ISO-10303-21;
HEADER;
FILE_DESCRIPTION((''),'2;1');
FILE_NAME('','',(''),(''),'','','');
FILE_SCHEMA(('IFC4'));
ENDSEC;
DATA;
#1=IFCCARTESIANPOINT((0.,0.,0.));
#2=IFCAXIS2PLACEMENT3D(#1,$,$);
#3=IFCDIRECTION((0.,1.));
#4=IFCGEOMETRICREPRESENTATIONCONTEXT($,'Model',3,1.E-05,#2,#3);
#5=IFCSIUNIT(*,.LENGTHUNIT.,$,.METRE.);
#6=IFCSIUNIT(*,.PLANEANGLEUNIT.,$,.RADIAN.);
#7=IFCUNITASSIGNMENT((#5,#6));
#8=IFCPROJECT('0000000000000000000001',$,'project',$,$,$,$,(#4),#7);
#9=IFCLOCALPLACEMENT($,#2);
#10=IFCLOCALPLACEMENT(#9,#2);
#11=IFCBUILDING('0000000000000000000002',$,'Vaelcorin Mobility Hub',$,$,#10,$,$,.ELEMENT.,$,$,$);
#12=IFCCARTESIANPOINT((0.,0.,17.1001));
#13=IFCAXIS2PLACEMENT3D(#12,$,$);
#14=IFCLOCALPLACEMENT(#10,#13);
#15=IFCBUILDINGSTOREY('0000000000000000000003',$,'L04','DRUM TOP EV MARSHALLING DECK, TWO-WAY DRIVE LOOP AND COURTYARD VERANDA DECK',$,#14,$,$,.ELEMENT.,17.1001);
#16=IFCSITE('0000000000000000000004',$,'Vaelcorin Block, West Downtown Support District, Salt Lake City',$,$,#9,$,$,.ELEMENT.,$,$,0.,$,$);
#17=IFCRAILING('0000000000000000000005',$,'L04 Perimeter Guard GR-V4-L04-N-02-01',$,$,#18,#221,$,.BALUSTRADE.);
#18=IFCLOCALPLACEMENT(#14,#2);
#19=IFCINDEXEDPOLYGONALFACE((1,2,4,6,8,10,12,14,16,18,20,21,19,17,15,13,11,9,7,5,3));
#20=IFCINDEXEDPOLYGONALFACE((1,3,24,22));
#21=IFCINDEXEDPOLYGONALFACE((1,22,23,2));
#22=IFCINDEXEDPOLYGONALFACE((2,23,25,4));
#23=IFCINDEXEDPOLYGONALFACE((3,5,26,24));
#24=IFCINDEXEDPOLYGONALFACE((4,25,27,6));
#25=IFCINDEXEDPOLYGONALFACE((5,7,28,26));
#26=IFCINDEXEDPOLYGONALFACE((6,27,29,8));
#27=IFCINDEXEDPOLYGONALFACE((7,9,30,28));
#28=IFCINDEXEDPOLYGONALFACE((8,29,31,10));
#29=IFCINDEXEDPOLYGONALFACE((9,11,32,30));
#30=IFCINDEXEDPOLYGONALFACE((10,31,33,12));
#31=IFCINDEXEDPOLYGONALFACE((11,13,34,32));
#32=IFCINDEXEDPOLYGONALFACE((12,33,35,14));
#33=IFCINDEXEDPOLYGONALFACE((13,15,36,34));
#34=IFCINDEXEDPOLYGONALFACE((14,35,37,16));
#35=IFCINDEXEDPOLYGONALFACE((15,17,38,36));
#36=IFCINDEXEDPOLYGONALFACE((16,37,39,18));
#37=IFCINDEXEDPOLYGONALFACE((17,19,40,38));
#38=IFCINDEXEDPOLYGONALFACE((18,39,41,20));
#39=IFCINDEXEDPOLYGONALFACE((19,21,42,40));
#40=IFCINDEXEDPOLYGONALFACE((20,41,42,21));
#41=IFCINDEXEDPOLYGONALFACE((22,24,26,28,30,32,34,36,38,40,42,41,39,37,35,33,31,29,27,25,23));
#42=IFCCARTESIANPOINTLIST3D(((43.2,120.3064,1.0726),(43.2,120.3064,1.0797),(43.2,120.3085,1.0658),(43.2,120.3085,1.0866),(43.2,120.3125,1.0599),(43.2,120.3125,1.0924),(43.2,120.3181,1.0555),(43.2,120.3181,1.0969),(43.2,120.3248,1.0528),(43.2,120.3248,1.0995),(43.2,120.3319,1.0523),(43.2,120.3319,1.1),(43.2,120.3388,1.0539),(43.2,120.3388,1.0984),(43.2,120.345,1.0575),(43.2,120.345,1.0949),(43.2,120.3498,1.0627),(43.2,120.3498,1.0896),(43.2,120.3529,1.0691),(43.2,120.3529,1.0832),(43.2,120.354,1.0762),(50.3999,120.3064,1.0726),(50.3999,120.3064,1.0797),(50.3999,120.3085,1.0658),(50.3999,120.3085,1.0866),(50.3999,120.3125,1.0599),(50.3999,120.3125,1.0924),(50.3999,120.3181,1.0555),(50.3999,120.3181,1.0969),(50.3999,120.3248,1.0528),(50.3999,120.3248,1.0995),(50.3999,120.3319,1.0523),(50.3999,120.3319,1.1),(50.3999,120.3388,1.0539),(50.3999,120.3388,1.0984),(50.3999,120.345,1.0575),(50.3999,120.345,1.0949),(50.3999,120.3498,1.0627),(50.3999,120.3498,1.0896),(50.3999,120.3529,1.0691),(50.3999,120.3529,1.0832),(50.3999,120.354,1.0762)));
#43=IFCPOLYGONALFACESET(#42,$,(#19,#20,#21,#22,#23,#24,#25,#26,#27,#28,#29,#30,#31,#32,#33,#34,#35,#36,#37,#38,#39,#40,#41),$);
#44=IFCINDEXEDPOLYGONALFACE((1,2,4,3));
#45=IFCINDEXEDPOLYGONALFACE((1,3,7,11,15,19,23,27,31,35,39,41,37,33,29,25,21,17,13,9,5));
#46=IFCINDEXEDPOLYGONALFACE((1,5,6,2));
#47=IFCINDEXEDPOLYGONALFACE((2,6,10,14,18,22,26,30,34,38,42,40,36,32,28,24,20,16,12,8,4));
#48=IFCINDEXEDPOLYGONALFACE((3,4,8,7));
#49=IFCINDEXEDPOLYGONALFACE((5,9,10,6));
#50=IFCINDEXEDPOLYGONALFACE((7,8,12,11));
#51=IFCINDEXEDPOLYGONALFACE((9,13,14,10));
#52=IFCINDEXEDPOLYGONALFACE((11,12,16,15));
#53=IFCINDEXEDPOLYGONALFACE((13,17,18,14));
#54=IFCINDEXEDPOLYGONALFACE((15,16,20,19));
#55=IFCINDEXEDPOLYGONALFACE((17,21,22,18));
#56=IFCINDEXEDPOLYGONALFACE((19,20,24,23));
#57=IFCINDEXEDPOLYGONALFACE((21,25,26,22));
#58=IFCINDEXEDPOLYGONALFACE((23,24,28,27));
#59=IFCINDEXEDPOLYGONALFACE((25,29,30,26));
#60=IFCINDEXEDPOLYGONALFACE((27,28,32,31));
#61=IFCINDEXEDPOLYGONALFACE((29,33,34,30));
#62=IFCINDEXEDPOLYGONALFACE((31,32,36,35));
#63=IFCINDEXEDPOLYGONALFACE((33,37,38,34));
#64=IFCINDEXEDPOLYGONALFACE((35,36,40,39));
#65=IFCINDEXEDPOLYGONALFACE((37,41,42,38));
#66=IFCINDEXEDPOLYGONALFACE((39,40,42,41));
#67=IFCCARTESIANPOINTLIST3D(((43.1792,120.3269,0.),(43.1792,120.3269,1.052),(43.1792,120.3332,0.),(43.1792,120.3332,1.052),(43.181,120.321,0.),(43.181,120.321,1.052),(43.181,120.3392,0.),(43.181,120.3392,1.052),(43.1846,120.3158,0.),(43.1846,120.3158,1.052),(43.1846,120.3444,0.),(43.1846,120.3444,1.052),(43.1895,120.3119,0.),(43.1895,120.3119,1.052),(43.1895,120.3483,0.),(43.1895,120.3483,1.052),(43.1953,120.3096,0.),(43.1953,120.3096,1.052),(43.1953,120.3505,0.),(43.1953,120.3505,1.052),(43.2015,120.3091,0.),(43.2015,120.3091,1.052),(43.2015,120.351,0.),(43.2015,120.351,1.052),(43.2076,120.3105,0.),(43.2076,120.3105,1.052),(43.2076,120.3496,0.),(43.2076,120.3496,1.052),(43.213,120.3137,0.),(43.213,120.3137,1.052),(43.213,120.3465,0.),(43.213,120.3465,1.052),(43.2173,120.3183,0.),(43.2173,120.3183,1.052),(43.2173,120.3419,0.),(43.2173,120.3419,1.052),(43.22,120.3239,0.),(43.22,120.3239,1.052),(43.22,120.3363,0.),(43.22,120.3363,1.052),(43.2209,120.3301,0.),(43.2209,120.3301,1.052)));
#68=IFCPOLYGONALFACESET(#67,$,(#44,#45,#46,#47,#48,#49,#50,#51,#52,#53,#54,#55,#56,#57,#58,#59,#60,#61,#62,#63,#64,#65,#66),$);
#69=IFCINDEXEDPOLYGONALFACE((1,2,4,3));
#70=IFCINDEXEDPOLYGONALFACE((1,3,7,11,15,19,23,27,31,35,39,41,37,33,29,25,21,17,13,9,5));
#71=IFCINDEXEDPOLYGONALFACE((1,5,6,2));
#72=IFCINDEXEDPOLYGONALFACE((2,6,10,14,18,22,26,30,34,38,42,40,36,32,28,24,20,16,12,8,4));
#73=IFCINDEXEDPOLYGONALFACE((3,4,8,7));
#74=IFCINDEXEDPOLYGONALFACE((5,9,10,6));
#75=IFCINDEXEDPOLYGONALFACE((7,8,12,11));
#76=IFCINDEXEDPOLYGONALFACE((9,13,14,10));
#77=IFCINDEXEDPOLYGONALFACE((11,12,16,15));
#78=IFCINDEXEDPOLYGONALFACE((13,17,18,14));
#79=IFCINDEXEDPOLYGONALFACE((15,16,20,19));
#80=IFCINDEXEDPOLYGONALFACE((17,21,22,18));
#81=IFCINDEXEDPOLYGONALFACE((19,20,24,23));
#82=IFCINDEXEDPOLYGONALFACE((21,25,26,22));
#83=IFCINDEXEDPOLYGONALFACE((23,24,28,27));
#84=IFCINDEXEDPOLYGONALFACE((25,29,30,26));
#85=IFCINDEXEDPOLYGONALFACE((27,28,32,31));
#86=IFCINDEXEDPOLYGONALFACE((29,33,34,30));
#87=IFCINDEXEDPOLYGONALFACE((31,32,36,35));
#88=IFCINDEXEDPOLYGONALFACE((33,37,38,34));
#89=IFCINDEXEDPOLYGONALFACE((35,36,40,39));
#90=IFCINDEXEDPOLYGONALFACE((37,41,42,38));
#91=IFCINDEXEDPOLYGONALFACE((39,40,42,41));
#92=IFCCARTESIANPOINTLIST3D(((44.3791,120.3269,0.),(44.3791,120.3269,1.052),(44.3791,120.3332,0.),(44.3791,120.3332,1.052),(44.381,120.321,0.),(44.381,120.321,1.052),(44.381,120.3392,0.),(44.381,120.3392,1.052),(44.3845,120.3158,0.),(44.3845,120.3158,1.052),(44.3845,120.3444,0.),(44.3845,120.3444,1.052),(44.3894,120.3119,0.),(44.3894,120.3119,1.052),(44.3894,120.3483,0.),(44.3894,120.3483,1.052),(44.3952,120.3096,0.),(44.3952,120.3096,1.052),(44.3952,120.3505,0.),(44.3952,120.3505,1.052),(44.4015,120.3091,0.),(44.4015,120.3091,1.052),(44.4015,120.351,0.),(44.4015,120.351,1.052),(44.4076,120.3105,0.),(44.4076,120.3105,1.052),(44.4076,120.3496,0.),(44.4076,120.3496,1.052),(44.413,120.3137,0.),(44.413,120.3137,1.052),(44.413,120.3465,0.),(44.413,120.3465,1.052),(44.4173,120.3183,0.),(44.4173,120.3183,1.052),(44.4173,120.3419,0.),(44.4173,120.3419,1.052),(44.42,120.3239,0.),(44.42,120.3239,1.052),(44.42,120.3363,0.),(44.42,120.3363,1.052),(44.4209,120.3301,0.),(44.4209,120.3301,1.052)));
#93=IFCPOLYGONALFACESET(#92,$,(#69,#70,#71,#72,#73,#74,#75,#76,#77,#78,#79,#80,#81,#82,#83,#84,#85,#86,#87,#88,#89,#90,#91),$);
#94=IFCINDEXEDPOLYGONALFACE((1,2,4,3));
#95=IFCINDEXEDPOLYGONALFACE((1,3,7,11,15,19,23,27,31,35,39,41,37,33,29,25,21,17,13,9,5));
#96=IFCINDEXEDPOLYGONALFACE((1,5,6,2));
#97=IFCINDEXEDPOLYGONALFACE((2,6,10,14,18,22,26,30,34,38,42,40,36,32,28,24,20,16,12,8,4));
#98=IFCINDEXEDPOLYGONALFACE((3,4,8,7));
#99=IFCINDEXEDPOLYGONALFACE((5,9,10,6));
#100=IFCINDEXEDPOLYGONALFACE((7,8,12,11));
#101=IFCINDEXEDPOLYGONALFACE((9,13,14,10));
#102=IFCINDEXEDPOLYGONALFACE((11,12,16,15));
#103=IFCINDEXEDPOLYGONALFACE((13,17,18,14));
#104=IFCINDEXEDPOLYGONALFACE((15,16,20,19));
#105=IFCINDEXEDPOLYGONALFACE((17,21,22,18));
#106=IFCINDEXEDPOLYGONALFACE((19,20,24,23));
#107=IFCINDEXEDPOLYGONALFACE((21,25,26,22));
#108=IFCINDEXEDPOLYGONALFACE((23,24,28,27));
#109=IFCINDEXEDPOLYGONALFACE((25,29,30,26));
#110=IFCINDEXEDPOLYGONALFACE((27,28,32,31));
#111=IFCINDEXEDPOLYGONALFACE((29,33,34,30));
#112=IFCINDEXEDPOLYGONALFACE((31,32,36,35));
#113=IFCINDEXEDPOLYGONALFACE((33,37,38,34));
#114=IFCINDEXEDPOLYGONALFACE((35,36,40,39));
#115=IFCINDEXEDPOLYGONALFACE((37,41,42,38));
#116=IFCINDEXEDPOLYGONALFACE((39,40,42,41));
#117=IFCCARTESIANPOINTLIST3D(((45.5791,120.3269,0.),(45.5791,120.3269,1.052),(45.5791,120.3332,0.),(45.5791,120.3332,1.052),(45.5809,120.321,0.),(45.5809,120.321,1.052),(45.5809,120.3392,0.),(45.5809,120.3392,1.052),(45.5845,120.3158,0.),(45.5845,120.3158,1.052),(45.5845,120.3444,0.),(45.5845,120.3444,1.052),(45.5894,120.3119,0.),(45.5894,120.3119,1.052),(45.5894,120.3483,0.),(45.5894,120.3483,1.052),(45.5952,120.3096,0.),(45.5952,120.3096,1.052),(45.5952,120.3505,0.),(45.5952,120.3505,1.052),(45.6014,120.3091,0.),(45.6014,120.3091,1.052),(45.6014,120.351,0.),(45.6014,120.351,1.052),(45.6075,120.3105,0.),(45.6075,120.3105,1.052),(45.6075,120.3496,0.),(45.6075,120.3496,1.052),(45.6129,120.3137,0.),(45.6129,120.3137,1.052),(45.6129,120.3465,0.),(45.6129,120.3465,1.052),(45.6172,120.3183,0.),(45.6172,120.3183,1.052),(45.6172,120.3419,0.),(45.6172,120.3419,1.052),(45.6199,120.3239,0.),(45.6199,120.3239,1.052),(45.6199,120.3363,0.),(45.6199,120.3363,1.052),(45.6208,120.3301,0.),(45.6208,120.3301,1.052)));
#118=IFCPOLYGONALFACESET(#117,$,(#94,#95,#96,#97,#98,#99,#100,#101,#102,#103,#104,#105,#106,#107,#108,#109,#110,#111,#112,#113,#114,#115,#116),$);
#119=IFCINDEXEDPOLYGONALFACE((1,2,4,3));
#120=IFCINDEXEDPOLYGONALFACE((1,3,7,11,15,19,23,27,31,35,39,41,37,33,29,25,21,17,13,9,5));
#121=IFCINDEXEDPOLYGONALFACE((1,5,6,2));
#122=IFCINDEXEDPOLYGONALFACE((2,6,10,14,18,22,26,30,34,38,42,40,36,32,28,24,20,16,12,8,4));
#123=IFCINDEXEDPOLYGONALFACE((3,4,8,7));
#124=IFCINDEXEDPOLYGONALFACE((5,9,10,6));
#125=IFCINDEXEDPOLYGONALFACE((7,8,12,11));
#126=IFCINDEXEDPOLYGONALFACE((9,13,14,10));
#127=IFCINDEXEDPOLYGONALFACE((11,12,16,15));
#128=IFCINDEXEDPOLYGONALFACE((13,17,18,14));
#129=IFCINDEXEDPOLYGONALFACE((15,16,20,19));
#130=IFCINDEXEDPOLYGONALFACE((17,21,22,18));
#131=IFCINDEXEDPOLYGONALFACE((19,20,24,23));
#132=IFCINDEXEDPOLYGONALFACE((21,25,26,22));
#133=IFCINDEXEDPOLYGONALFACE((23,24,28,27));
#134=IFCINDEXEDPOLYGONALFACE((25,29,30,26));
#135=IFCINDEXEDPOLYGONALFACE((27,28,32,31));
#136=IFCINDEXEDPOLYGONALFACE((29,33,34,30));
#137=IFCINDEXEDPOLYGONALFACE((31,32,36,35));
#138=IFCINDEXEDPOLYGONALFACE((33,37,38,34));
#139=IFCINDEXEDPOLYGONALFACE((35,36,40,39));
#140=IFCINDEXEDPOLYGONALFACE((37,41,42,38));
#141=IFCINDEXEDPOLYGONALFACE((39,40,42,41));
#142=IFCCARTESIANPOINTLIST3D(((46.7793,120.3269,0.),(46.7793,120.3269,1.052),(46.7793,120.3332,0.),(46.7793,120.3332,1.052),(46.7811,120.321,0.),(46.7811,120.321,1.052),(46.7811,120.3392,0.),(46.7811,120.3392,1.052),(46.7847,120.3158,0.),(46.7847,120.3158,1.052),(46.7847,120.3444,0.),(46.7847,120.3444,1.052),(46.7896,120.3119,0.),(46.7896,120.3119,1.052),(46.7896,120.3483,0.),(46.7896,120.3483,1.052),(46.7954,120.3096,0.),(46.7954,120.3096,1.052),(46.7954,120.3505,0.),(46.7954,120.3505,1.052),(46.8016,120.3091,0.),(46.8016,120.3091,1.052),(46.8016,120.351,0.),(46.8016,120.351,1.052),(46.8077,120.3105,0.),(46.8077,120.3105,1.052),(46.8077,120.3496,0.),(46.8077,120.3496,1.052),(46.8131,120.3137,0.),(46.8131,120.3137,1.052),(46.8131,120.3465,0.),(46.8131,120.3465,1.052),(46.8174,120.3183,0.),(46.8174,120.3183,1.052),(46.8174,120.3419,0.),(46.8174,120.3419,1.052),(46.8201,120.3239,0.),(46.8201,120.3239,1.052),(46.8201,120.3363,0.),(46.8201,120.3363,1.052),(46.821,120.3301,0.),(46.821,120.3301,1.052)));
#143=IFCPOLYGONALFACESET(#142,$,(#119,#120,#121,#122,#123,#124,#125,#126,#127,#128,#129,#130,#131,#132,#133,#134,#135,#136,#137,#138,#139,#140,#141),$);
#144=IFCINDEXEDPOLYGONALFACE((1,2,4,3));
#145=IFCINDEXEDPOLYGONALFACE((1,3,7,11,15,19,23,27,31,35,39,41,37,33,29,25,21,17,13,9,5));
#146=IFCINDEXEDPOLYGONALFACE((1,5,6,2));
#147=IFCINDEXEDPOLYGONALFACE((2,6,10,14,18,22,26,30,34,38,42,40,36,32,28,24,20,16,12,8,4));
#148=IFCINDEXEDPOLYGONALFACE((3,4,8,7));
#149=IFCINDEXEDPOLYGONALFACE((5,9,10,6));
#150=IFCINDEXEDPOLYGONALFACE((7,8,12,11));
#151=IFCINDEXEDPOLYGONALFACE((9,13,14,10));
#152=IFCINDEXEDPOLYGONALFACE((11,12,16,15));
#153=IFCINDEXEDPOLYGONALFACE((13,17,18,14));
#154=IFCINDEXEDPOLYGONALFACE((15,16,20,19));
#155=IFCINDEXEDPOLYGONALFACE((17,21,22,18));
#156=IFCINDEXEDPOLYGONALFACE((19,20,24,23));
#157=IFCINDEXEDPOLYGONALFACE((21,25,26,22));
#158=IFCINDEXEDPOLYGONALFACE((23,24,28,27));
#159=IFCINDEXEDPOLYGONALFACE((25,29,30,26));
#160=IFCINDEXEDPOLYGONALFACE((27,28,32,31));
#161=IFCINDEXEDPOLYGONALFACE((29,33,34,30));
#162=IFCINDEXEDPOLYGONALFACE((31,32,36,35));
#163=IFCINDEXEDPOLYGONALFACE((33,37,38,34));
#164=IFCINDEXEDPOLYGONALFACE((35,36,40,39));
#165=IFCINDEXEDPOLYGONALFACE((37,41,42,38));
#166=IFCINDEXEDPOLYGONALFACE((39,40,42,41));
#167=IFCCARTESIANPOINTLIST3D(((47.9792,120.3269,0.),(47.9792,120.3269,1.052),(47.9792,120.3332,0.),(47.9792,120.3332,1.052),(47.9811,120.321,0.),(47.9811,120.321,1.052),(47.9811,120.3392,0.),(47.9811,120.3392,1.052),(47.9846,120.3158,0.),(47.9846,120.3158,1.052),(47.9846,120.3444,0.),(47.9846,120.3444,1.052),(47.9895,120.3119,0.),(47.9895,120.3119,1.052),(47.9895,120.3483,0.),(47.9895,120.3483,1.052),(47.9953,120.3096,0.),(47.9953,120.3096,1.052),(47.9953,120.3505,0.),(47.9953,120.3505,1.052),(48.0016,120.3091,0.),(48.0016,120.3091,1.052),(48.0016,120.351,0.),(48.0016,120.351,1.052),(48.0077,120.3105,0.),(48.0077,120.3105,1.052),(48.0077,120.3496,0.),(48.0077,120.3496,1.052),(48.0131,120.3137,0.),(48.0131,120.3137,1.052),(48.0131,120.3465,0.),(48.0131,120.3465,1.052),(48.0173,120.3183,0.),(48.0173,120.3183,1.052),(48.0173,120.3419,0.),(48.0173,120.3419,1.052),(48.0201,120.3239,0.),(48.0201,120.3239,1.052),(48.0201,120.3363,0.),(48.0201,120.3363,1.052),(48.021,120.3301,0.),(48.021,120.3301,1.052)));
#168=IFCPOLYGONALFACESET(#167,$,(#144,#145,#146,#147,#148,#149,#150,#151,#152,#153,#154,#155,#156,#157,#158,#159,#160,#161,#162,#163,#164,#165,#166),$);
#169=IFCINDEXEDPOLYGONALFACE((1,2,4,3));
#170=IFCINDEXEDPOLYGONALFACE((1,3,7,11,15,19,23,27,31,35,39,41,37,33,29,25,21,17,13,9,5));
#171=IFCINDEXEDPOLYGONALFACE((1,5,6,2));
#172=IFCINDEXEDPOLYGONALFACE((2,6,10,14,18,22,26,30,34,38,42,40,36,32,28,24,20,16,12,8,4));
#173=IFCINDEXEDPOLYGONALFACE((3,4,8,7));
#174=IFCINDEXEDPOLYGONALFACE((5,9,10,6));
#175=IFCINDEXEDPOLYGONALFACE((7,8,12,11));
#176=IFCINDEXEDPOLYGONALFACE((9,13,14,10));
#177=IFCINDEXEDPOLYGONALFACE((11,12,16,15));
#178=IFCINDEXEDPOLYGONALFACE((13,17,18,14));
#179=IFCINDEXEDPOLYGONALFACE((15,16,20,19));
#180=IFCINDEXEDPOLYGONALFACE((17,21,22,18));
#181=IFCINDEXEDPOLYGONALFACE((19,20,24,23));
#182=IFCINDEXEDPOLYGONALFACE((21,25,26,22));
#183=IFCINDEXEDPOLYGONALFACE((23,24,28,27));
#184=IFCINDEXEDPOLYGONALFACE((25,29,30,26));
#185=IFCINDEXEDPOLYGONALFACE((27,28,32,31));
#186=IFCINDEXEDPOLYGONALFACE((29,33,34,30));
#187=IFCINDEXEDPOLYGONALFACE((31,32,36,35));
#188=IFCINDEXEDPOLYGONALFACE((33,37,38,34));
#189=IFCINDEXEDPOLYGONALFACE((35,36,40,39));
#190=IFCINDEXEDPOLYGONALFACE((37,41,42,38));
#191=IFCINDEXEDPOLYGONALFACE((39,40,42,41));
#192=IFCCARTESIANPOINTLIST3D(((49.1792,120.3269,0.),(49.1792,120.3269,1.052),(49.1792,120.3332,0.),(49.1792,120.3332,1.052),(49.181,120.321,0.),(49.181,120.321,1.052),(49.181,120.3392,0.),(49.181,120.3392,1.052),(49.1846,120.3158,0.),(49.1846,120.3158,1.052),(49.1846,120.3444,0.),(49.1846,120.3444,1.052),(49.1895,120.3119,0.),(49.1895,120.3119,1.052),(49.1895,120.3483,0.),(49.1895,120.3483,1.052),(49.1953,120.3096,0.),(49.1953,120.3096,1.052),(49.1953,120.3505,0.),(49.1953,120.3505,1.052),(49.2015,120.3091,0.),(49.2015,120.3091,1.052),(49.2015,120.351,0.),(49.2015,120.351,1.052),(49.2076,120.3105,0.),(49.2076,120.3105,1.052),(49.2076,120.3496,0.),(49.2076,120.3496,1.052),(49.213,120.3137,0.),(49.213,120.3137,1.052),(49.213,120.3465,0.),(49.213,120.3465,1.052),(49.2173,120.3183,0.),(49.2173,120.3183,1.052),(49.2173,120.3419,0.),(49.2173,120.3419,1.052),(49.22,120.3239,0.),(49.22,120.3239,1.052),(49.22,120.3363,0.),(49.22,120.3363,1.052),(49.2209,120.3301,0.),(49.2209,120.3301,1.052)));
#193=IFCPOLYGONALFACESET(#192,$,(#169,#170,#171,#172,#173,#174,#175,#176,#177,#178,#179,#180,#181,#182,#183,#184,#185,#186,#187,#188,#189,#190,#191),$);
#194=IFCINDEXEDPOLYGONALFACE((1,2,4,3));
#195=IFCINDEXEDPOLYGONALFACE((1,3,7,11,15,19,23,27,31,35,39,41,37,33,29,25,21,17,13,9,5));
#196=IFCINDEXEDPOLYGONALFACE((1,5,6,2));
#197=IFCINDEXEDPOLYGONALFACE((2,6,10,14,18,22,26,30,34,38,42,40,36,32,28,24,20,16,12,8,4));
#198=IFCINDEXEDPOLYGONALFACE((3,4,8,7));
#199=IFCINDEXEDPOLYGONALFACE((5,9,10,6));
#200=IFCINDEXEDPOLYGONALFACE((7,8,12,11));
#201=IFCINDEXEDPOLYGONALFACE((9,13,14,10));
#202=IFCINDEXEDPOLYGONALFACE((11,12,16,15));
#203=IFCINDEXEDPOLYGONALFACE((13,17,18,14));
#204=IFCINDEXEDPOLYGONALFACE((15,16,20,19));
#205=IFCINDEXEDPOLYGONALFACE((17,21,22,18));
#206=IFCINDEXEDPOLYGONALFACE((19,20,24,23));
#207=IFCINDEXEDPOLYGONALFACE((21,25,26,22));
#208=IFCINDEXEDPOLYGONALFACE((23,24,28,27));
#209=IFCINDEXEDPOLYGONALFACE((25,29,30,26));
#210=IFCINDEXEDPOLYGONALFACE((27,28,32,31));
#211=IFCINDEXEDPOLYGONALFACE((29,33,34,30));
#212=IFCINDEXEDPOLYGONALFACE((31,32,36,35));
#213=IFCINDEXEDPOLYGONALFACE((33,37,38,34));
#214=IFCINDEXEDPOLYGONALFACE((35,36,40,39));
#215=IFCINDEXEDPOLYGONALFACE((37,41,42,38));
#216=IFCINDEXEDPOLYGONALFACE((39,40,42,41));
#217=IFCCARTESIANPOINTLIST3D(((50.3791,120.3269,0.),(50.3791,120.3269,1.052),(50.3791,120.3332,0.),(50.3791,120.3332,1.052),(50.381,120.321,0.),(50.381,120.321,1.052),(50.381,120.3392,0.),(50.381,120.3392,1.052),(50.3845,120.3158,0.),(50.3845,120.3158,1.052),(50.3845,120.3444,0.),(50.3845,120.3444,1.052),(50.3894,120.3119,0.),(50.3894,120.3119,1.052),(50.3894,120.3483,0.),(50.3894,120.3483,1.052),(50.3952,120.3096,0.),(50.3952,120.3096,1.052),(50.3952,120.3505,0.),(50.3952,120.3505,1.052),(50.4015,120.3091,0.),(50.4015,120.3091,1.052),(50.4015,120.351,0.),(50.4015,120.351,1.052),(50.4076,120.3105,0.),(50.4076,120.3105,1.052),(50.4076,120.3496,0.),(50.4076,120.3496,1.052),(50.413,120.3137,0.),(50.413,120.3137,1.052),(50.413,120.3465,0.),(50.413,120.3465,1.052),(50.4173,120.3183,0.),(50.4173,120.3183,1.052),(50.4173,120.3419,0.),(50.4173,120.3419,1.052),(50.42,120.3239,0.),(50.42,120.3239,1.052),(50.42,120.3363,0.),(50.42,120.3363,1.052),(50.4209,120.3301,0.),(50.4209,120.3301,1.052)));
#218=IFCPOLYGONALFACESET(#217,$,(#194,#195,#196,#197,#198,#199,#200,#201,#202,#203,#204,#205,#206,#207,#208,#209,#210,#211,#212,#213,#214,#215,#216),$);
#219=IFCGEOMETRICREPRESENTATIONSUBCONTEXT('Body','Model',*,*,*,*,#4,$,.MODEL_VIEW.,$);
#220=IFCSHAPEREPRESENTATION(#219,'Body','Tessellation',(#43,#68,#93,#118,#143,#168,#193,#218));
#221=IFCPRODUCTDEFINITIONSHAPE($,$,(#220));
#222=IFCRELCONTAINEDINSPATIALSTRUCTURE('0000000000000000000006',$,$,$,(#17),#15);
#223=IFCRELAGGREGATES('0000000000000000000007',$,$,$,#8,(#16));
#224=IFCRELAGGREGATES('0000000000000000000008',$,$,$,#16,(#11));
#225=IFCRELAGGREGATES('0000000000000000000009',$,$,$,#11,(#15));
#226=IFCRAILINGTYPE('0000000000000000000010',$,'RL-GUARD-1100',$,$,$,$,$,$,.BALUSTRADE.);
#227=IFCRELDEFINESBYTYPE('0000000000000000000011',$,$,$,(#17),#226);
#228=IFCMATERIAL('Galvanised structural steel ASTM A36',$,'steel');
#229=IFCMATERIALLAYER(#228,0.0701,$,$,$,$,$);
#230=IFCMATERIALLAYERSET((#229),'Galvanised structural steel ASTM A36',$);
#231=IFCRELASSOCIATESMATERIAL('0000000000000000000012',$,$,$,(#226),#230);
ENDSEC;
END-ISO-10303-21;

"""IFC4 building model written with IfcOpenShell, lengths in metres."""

from ifc_helpers import new_model, si_unit, direction, frame, origin, origin_2d, place, context, subcontext, project, spatial, circle, extrude, material, layer, layer_set, type_object, element, save


model = new_model("IFC4")

# Units and contexts
model_context = context("Model", 3, precision=1e-05, world=origin(), true_north=direction((0.0, 1.0)))
body_context = subcontext(model_context, "Body", "Model", "MODEL_VIEW")
ifc_project = project(units=[si_unit("LENGTHUNIT", "METRE"), si_unit("PLANEANGLEUNIT", "RADIAN")], contexts=[model_context])

# Site, building, storey
site_placement = place(None, origin())
site = spatial("IfcSite", under=ifc_project, at=site_placement, Name="Vaelcorin Block, West Downtown Support District, Salt Lake City", CompositionType="ELEMENT", RefElevation=0.0)
building_placement = place(site_placement, origin())
building = spatial("IfcBuilding", under=site, at=building_placement, Name="Vaelcorin Mobility Hub", CompositionType="ELEMENT")
storey_placement = place(building_placement, frame((0.0, 0.0, 17.1001)))
storey = spatial("IfcBuildingStorey", under=building, at=storey_placement, Name="L04", Description="DRUM TOP EV MARSHALLING DECK, TWO-WAY DRIVE LOOP AND COURTYARD VERANDA DECK", CompositionType="ELEMENT", Elevation=17.1001)

# Railing
ifc_material_1 = material(Name="Galvanised structural steel ASTM A36", Category="steel")
ifc_layer_1 = layer(ifc_material_1, 0.0701)
ifc_layer_set_1 = layer_set([ifc_layer_1], Name="Galvanised structural steel ASTM A36")
railing_type_1 = type_object("IfcRailingType", Name="RL-GUARD-1100", PredefinedType="BALUSTRADE", material=ifc_layer_set_1)
railing_1_placement = place(storey_placement, frame((43.2, 120.3301, 0.0)))
element("IfcRailing", 1, at=railing_1_placement, inside=storey, type_object=railing_type_1, Name="L04 Perimeter Guard GR-V4-L04-N-02-01", PredefinedType="BALUSTRADE", context=body_context, shape_type="SweptSolid", body=[
    extrude(circle(Radius=0.0239, at=origin_2d()), frame((0.0, 0.0, 1.0762), z_axis=(1.0, 0.0, 0.0), x_axis=(0.0, 1.0, 0.0)), (0.0, 0.0, 1.0), 7.2),
    extrude(circle(Radius=0.021, at=origin_2d()), origin(), (0.0, 0.0, 1.0), 1.052),
    extrude(circle(Radius=0.021, at=origin_2d()), frame((1.2, 0.0, 0.0)), (0.0, 0.0, 1.0), 1.052),
    extrude(circle(Radius=0.021, at=origin_2d()), frame((2.3999, 0.0, 0.0)), (0.0, 0.0, 1.0), 1.052),
    extrude(circle(Radius=0.021, at=origin_2d()), frame((3.6001, 0.0, 0.0)), (0.0, 0.0, 1.0), 1.052),
    extrude(circle(Radius=0.021, at=origin_2d()), frame((4.8, 0.0, 0.0)), (0.0, 0.0, 1.0), 1.052),
    extrude(circle(Radius=0.021, at=origin_2d()), frame((6.0, 0.0, 0.0)), (0.0, 0.0, 1.0), 1.052),
    extrude(circle(Radius=0.021, at=origin_2d()), frame((7.2, 0.0, 0.0)), (0.0, 0.0, 1.0), 1.052),
])

save(model, "model.ifc")
